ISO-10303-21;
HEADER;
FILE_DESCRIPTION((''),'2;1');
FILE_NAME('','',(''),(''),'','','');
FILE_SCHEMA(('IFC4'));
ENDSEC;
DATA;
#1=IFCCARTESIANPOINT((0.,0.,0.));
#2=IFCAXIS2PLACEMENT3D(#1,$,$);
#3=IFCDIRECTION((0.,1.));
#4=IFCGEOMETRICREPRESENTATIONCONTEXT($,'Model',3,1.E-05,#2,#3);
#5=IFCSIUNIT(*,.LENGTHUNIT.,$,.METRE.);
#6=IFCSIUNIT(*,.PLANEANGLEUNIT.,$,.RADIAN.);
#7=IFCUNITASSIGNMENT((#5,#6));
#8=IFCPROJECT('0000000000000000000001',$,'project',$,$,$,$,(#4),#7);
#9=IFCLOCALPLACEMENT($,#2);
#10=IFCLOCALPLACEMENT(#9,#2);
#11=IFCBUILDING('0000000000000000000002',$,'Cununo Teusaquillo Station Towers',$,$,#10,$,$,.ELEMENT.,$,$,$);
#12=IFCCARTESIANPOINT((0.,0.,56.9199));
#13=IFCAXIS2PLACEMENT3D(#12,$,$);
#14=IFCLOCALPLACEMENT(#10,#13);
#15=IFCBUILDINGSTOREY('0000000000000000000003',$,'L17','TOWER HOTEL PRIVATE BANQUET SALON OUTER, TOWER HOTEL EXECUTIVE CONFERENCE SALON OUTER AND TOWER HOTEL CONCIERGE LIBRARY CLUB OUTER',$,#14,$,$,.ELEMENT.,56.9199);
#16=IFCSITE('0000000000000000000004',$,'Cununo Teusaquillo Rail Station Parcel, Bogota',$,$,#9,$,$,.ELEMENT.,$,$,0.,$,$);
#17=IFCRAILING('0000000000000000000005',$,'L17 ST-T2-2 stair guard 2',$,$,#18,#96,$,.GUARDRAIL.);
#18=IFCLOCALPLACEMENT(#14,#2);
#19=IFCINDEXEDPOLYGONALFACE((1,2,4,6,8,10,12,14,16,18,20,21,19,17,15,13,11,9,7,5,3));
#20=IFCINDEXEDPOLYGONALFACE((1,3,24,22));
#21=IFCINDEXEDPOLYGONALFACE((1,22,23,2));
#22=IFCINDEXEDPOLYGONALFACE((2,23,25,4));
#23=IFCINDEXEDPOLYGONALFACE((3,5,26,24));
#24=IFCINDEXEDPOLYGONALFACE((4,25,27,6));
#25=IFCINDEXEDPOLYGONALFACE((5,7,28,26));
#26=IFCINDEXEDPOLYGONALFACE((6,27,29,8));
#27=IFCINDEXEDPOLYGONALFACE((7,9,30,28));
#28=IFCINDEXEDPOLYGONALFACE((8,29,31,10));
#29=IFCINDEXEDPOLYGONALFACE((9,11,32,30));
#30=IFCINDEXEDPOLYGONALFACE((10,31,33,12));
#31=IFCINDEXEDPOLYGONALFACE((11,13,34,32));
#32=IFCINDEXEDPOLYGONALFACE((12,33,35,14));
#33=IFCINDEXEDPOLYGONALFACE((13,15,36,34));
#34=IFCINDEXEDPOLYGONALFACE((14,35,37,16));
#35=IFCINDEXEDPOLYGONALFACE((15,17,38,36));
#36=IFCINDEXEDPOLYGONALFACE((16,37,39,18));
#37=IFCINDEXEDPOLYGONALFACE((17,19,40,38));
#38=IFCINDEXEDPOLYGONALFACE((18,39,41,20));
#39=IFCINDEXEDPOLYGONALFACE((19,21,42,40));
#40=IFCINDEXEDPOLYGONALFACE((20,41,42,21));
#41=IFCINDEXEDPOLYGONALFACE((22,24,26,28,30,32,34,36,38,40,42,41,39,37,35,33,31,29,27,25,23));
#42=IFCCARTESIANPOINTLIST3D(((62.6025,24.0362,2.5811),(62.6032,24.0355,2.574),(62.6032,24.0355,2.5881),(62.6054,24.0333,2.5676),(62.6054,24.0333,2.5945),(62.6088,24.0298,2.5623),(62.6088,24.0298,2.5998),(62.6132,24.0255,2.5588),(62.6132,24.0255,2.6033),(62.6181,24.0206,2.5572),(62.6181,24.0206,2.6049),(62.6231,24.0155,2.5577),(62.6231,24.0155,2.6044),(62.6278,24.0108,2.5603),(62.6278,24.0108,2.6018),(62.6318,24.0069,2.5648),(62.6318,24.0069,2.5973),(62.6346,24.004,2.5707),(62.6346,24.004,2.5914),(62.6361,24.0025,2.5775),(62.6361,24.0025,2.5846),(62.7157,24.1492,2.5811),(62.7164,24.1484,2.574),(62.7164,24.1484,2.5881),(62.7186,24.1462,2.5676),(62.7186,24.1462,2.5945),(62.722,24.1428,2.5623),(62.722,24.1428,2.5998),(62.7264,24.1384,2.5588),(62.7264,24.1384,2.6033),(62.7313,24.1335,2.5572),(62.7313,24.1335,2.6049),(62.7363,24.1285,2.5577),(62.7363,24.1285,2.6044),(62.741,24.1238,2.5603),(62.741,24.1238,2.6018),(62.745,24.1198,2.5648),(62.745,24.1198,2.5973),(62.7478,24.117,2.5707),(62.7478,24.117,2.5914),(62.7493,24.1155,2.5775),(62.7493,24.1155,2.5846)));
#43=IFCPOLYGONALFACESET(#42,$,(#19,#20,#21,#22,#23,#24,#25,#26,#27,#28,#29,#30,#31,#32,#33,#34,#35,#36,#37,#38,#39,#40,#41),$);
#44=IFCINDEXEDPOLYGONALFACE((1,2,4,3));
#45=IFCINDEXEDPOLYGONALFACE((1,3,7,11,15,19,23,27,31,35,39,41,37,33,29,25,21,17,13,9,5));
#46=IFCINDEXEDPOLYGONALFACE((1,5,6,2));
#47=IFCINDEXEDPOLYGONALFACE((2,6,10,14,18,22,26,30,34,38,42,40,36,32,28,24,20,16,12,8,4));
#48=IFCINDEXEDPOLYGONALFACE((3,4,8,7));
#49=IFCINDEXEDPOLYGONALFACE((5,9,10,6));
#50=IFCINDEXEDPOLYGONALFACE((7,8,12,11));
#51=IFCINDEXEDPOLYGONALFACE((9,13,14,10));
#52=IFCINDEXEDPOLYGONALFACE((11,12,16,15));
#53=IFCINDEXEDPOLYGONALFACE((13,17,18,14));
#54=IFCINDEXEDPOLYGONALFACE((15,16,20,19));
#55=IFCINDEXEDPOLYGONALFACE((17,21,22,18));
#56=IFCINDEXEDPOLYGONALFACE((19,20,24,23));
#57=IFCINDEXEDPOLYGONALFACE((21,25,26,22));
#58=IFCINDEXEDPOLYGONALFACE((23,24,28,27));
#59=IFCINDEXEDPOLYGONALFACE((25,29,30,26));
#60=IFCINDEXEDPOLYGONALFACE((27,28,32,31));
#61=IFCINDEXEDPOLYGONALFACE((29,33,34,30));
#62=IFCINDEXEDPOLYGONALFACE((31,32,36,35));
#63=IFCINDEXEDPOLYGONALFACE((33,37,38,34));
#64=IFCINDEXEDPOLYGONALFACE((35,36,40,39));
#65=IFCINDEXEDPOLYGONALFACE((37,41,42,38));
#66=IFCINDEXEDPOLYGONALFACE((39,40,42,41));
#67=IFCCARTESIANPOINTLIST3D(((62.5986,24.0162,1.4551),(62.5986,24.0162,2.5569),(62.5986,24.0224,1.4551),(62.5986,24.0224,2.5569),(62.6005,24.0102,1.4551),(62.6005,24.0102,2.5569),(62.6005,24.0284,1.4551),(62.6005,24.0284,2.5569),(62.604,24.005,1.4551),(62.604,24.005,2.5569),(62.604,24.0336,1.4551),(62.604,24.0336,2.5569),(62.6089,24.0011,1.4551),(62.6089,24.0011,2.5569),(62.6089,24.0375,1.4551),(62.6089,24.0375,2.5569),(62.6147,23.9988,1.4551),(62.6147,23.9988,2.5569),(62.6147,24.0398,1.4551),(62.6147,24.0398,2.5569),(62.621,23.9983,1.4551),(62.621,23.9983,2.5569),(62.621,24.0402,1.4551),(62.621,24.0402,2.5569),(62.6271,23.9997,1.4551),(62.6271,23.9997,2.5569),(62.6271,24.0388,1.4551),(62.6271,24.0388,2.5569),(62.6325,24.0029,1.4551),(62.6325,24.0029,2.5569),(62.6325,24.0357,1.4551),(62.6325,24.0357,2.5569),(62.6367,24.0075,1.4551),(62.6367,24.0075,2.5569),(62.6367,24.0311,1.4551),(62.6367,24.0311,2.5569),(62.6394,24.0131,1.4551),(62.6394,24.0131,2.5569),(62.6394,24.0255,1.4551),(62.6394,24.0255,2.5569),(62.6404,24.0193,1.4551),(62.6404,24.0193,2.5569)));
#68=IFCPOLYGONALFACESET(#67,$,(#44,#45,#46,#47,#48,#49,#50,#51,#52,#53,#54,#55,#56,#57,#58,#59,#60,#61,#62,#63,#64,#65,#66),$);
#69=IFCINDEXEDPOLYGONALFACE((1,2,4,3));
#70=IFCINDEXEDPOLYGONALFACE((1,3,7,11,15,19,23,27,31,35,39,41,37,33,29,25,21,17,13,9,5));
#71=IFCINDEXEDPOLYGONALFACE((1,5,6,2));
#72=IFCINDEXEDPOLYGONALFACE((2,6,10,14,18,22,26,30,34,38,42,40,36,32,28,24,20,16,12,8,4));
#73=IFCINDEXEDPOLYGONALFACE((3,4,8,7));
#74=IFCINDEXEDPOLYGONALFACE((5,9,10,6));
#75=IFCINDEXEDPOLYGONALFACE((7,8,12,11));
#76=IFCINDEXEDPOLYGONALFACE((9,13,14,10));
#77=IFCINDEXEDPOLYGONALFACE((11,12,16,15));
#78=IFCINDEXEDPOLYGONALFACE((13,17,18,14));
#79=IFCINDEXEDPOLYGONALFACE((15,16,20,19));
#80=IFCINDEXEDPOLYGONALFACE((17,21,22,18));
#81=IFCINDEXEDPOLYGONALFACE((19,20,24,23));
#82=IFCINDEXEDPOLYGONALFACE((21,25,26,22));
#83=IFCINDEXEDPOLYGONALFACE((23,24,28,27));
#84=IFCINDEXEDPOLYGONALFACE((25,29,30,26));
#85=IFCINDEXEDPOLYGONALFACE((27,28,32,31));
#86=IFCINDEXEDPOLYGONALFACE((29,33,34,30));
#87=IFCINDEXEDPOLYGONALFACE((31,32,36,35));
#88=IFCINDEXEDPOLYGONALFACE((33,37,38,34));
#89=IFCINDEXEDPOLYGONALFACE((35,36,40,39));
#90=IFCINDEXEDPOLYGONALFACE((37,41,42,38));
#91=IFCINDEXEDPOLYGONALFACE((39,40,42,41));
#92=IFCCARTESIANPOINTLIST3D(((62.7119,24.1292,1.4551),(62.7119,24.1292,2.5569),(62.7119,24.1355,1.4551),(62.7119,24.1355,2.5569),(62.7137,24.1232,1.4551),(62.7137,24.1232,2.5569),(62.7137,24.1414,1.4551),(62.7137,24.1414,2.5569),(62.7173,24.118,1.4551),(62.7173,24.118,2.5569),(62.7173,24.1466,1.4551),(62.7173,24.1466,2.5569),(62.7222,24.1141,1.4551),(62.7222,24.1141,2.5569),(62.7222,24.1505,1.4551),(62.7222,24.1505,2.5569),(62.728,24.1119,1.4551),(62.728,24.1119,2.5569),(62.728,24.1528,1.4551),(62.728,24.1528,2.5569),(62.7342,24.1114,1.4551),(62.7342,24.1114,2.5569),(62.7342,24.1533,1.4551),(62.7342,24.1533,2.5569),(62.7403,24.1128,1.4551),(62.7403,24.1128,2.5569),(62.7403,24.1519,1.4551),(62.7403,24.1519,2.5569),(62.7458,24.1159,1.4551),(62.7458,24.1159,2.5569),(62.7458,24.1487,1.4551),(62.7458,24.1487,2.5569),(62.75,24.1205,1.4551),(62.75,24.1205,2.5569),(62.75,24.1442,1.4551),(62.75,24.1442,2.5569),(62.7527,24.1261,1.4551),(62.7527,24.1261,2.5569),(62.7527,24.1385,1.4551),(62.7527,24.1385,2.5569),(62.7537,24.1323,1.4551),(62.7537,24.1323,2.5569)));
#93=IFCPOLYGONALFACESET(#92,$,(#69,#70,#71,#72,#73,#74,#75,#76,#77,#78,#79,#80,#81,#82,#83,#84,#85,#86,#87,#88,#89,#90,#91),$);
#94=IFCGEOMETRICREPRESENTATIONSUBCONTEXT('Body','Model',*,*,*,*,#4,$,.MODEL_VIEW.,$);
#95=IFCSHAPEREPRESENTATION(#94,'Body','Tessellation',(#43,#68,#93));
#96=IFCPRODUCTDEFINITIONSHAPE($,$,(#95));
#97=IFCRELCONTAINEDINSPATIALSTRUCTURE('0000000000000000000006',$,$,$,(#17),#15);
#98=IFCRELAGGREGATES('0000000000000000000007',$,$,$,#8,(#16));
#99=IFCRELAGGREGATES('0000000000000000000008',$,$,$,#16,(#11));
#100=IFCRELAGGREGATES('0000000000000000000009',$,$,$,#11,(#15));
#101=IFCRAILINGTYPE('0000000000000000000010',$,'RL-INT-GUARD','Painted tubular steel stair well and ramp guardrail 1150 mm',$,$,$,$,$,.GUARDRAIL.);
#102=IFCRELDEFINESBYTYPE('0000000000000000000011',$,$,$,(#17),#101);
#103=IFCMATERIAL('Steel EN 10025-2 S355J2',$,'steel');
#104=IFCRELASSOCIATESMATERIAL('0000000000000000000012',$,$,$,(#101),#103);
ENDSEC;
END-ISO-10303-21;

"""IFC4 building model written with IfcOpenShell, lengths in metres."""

from ifc_helpers import new_model, si_unit, direction, frame, origin, origin_2d, place, context, subcontext, project, spatial, circle, extrude, material, type_object, element, save


model = new_model("IFC4")

# Units and contexts
model_context = context("Model", 3, precision=1e-05, world=origin(), true_north=direction((0.0, 1.0)))
body_context = subcontext(model_context, "Body", "Model", "MODEL_VIEW")
ifc_project = project(units=[si_unit("LENGTHUNIT", "METRE"), si_unit("PLANEANGLEUNIT", "RADIAN")], contexts=[model_context])

# Site, building, storey
site_placement = place(None, origin())
site = spatial("IfcSite", under=ifc_project, at=site_placement, Name="Cununo Teusaquillo Rail Station Parcel, Bogota", CompositionType="ELEMENT", RefElevation=0.0)
building_placement = place(site_placement, origin())
building = spatial("IfcBuilding", under=site, at=building_placement, Name="Cununo Teusaquillo Station Towers", CompositionType="ELEMENT")
storey_placement = place(building_placement, frame((0.0, 0.0, 56.9199)))
storey = spatial("IfcBuildingStorey", under=building, at=storey_placement, Name="L17", Description="TOWER HOTEL PRIVATE BANQUET SALON OUTER, TOWER HOTEL EXECUTIVE CONFERENCE SALON OUTER AND TOWER HOTEL CONCIERGE LIBRARY CLUB OUTER", CompositionType="ELEMENT", Elevation=56.9199)

# Railing
ifc_material_1 = material(Name="Steel EN 10025-2 S355J2", Category="steel")
railing_type_1 = type_object("IfcRailingType", Name="RL-INT-GUARD", Description="Painted tubular steel stair well and ramp guardrail 1150 mm", PredefinedType="GUARDRAIL", material=ifc_material_1)
railing_1_placement = place(storey_placement, frame((62.6194, 24.0193, 1.4551)))
element("IfcRailing", 1, at=railing_1_placement, inside=storey, type_object=railing_type_1, Name="L17 ST-T2-2 stair guard 2", PredefinedType="GUARDRAIL", context=body_context, shape_type="SweptSolid", body=[
    extrude(circle(Radius=0.0239, at=origin_2d()), frame((0.0, 0.0, 1.126), z_axis=(0.707869, 0.706344, 0.0), x_axis=(-0.706344, 0.707869, 0.0)), (0.0, 0.0, 1.0), 0.1599),
    extrude(circle(Radius=0.021, at=origin_2d()), origin(), (0.0, 0.0, 1.0), 1.1018),
    extrude(circle(Radius=0.021, at=origin_2d()), frame((0.1133, 0.113, 0.0)), (0.0, 0.0, 1.0), 1.1018),
])

save(model, "model.ifc")
